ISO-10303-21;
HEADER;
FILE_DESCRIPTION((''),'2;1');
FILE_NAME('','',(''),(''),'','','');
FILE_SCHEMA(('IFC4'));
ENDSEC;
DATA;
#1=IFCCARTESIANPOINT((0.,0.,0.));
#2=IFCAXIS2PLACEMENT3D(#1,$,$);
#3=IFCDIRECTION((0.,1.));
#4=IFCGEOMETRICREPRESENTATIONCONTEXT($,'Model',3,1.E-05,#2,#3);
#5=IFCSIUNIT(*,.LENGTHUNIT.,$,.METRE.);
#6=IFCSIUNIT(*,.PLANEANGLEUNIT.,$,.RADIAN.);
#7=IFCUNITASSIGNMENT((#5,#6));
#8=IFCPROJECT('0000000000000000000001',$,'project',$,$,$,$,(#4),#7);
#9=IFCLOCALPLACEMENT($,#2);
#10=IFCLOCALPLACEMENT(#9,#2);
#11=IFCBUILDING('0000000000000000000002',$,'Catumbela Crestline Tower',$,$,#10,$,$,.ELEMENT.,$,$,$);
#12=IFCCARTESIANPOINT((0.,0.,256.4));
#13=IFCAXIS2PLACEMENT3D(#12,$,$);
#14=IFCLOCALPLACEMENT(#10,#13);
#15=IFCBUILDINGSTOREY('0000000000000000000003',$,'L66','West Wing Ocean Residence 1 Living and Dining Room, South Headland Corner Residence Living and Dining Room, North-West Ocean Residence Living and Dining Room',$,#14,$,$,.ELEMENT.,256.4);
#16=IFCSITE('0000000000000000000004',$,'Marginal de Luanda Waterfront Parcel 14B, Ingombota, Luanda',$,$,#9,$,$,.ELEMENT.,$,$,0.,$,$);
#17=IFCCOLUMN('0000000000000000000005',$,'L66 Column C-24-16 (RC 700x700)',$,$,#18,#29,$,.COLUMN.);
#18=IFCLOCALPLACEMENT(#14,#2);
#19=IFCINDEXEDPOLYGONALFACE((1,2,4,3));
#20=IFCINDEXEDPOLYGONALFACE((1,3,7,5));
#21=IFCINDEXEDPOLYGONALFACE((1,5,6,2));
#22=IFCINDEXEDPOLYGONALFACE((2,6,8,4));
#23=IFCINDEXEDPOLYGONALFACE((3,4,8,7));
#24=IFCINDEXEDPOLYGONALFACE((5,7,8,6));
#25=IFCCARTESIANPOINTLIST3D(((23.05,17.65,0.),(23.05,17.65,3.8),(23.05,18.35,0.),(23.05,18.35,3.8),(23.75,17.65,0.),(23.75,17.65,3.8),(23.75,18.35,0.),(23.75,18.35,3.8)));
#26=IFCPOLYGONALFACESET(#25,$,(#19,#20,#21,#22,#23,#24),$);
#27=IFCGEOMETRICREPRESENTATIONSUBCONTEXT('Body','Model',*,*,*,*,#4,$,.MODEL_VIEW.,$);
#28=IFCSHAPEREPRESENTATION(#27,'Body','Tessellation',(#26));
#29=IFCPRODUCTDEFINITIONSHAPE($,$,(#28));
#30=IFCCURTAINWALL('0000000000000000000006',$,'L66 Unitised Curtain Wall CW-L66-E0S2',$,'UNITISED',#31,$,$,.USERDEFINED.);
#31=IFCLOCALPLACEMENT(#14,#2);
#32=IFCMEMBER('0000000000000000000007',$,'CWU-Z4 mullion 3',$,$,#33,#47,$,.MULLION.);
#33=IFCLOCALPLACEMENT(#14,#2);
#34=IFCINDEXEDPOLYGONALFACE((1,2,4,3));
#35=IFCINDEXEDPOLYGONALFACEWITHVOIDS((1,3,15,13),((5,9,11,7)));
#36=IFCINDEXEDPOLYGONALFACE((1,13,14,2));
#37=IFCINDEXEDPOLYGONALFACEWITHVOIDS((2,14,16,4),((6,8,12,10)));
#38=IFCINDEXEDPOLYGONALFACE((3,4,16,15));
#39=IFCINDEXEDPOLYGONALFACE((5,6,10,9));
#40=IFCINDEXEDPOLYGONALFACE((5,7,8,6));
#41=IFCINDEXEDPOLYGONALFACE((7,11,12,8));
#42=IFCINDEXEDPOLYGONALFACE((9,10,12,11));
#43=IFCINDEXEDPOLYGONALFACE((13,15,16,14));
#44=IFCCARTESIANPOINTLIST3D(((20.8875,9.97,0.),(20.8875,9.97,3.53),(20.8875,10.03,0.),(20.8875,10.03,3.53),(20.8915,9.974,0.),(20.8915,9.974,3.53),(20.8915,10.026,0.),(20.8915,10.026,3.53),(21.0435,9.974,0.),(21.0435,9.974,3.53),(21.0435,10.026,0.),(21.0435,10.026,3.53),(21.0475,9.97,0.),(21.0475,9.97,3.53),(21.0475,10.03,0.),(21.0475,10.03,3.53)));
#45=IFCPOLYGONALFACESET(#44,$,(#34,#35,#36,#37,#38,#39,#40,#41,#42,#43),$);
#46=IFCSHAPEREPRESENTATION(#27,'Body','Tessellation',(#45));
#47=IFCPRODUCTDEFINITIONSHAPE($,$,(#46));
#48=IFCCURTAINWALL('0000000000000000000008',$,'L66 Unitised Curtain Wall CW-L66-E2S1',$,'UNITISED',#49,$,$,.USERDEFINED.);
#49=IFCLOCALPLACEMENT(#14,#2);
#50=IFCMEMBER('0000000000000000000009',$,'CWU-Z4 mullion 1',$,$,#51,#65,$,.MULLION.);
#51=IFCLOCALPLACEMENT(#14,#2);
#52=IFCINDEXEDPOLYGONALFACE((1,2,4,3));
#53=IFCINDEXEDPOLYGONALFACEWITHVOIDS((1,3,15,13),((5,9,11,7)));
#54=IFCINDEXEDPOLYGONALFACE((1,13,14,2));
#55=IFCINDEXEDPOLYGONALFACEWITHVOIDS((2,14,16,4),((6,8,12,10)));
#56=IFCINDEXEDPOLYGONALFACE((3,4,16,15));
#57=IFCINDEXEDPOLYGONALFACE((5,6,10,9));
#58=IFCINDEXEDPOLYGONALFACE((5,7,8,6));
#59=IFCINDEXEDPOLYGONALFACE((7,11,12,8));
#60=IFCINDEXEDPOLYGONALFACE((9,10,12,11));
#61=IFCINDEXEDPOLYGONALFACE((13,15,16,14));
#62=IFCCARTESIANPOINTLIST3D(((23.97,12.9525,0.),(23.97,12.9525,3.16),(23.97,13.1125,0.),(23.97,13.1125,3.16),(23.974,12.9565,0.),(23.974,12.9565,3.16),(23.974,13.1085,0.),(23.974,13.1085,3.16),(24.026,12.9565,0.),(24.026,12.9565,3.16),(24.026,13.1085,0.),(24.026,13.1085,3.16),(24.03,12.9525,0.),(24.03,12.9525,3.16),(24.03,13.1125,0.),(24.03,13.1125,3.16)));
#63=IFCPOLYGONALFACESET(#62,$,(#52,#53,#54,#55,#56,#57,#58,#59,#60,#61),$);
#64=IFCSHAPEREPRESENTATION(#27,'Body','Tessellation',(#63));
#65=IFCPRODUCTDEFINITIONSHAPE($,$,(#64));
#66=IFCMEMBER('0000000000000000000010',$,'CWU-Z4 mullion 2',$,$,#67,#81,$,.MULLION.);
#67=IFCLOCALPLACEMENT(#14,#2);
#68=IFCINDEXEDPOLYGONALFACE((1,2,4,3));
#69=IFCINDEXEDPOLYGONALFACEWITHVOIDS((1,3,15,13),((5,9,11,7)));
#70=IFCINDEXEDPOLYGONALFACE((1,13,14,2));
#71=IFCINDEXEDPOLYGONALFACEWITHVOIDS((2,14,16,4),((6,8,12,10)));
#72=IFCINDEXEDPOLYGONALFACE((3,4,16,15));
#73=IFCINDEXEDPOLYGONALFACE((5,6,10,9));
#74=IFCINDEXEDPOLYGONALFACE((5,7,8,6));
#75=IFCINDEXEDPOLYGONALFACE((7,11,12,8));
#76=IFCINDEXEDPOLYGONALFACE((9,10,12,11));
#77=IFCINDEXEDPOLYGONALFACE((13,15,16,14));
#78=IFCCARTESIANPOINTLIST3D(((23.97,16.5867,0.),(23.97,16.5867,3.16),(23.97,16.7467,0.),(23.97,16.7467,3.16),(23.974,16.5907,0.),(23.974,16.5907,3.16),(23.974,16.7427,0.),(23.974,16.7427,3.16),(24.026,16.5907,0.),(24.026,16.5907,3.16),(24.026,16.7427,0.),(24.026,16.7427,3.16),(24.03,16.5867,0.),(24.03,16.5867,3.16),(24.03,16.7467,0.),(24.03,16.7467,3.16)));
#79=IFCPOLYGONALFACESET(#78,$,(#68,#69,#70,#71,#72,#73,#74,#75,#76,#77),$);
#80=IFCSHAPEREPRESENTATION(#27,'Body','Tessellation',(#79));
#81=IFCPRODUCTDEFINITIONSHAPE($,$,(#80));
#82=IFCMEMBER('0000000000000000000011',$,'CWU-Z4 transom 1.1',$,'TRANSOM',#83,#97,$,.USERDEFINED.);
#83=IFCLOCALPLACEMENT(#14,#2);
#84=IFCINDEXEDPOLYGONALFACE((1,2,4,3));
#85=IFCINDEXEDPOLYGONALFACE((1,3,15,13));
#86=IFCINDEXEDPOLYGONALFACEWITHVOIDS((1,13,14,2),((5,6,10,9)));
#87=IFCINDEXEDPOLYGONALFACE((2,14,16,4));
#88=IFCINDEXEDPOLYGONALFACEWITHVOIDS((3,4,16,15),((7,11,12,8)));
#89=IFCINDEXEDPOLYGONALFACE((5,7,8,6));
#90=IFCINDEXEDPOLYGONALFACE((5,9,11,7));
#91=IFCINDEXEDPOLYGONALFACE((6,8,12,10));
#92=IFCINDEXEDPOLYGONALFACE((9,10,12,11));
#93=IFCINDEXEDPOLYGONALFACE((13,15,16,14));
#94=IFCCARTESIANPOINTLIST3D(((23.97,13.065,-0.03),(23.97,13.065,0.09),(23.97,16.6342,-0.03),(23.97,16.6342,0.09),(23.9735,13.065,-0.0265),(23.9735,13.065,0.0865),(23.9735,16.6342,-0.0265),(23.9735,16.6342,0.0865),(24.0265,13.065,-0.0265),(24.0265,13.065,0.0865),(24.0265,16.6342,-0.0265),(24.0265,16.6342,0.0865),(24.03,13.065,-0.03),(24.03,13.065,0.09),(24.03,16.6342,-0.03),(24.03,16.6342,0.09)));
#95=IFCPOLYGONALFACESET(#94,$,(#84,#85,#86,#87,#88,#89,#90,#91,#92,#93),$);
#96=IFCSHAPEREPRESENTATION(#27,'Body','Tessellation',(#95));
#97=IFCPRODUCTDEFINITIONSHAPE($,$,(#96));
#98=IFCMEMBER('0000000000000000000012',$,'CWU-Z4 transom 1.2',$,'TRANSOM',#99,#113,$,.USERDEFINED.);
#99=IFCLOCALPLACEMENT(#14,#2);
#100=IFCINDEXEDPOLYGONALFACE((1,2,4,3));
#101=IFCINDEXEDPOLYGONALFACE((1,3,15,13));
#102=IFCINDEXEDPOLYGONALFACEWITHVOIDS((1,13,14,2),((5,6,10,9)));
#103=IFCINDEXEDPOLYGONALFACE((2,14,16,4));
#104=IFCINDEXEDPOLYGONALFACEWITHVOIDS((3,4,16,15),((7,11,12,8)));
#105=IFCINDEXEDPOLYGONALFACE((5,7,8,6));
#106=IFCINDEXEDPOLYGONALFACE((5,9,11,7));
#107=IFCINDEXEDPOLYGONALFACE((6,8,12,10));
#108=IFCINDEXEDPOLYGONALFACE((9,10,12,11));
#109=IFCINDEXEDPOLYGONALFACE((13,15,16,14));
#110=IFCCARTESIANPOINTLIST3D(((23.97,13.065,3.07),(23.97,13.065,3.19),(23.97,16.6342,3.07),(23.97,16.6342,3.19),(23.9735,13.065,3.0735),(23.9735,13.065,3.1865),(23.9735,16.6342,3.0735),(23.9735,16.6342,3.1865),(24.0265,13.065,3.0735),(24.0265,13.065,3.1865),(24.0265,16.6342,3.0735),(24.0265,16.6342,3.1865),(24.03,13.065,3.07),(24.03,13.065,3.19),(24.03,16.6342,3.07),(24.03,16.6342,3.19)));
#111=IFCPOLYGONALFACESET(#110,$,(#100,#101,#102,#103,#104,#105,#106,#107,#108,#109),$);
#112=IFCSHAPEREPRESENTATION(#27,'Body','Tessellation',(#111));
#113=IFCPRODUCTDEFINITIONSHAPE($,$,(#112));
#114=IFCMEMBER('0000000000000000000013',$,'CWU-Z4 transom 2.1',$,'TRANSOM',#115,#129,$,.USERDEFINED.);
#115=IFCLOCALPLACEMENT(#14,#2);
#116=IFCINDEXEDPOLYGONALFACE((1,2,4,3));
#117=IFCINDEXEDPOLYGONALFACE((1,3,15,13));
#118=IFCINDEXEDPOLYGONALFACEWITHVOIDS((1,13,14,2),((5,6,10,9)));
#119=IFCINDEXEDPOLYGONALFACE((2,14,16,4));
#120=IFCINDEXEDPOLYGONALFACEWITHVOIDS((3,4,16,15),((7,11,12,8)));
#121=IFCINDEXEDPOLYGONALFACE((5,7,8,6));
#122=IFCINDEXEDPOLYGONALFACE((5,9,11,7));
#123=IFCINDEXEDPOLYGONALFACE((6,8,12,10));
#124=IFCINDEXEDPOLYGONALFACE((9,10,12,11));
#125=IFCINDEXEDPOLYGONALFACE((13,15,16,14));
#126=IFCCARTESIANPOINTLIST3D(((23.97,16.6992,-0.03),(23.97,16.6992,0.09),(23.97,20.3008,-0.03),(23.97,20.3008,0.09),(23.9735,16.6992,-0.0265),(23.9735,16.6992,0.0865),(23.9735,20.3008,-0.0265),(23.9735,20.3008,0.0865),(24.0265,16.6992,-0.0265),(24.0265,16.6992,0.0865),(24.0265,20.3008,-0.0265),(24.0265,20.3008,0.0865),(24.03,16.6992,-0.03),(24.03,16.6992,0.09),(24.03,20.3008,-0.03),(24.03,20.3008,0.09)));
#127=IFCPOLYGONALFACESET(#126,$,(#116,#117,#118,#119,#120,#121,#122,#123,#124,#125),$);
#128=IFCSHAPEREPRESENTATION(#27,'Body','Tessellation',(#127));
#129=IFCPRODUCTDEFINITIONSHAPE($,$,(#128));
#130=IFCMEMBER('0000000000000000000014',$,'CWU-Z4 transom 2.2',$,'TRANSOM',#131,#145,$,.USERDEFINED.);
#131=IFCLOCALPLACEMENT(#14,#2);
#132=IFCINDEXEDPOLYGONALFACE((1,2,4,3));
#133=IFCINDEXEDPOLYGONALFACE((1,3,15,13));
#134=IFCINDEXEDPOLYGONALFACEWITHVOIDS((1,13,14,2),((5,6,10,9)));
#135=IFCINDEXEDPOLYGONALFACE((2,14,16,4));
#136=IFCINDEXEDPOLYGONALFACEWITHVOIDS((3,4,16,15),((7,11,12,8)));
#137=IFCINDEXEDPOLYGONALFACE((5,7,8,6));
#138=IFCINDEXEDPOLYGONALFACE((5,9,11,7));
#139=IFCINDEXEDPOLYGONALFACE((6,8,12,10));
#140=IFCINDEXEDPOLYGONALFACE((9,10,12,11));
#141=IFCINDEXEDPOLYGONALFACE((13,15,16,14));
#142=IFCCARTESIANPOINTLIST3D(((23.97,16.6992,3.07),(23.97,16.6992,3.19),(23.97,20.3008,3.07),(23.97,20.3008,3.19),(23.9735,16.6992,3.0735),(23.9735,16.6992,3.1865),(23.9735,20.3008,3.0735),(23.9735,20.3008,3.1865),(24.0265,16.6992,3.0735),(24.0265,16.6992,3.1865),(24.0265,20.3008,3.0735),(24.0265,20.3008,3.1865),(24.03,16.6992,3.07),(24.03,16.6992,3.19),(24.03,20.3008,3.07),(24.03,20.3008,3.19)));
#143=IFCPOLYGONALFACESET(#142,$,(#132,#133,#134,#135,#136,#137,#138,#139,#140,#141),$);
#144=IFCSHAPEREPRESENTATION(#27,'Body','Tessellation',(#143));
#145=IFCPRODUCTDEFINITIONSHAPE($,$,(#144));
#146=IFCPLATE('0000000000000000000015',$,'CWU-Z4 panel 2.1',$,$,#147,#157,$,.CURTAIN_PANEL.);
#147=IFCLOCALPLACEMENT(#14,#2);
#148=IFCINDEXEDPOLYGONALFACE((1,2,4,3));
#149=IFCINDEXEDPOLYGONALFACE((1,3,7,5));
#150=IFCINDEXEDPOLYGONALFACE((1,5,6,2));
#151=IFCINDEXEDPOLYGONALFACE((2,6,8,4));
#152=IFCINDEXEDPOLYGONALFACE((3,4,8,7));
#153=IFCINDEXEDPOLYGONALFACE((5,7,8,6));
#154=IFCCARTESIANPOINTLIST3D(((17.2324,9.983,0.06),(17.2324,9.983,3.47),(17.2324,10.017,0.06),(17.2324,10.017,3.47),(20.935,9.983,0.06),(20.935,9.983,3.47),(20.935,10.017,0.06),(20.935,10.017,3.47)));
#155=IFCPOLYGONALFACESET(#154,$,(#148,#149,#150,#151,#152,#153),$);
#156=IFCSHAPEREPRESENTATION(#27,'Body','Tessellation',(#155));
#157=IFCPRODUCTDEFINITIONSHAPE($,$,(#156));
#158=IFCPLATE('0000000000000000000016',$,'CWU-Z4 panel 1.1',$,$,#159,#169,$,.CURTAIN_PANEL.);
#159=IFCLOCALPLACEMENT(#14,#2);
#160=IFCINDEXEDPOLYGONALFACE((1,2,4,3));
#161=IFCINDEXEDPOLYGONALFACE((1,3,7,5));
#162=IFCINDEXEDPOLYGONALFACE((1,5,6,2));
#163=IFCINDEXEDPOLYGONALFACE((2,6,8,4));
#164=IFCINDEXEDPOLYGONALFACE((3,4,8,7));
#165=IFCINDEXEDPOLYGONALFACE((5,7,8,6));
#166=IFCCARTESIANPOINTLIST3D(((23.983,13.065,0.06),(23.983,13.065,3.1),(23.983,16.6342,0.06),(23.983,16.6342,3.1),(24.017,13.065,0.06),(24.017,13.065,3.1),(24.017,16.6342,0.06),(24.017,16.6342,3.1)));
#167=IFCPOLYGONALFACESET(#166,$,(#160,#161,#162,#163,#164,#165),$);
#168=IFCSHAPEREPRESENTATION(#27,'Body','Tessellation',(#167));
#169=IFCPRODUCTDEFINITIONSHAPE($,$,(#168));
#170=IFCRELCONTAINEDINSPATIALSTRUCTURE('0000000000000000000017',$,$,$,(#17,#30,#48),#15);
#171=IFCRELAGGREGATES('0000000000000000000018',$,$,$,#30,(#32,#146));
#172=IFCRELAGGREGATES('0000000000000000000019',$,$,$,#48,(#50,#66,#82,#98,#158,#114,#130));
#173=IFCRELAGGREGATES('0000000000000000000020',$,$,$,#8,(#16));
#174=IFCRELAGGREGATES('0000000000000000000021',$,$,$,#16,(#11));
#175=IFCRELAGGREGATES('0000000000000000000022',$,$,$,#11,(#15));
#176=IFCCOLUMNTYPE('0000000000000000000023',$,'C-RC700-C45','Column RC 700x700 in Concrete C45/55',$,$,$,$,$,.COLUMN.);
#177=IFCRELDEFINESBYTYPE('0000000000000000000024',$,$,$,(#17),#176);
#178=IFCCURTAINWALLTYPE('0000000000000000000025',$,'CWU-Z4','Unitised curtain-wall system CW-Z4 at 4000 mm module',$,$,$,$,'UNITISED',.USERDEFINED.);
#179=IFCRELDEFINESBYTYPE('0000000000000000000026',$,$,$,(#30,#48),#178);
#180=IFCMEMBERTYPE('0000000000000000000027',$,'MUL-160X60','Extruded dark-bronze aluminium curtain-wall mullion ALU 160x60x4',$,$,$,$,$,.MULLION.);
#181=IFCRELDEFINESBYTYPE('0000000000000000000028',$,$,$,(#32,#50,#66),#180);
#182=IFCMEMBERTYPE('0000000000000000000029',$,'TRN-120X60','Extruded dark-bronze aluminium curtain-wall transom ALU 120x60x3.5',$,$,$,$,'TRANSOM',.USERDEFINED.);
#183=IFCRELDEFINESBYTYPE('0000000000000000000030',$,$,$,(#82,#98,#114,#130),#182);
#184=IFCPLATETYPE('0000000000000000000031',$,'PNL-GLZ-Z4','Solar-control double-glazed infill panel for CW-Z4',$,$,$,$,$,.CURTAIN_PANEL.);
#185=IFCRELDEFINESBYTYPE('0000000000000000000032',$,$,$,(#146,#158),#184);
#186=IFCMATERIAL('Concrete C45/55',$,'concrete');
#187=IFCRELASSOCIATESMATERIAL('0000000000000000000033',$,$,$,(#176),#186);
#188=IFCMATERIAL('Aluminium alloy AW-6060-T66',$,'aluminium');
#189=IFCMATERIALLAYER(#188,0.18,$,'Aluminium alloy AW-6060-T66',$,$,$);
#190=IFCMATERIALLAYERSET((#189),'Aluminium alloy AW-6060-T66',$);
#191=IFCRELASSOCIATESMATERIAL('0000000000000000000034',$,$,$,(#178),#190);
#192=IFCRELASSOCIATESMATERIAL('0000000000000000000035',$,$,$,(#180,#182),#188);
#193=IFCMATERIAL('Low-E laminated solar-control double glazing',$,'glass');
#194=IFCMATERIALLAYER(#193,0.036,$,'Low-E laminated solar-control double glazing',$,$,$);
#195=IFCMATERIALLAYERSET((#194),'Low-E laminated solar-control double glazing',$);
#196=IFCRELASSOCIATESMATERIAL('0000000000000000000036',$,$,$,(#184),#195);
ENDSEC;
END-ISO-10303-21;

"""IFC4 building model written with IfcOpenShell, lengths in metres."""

from ifc_helpers import new_model, si_unit, direction, frame, origin, origin_2d, place, context, subcontext, project, spatial, rectangle, hollow_rectangle, extrude, material, layer, layer_set, material_profile, profile_set, type_object, element, aggregate, save


model = new_model("IFC4")

# Units and contexts
model_context = context("Model", 3, precision=1e-05, world=origin(), true_north=direction((0.0, 1.0)))
body_context = subcontext(model_context, "Body", "Model", "MODEL_VIEW")
ifc_project = project(units=[si_unit("LENGTHUNIT", "METRE"), si_unit("PLANEANGLEUNIT", "RADIAN")], contexts=[model_context])

# Site, building, storey
site_placement = place(None, origin())
site = spatial("IfcSite", under=ifc_project, at=site_placement, Name="Marginal de Luanda Waterfront Parcel 14B, Ingombota, Luanda", CompositionType="ELEMENT", RefElevation=0.0)
building_placement = place(site_placement, origin())
building = spatial("IfcBuilding", under=site, at=building_placement, Name="Catumbela Crestline Tower", CompositionType="ELEMENT")
storey_placement = place(building_placement, frame((0.0, 0.0, 256.4)))
storey = spatial("IfcBuildingStorey", under=building, at=storey_placement, Name="L66", Description="West Wing Ocean Residence 1 Living and Dining Room, South Headland Corner Residence Living and Dining Room, North-West Ocean Residence Living and Dining Room", CompositionType="ELEMENT", Elevation=256.4)

# Column
ifc_material_1 = material(Name="Concrete C45/55", Category="concrete")
ifc_material_profile_1 = material_profile(ifc_material_1, rectangle(XDim=0.7, YDim=0.7, at=origin_2d()), Name="RC 700x700")
ifc_profile_set_1 = profile_set([ifc_material_profile_1], Name="Concrete C45/55")
column_type = type_object("IfcColumnType", Name="C-RC700-C45", Description="Column RC 700x700 in Concrete C45/55", PredefinedType="COLUMN", material=ifc_profile_set_1)
column_placement = place(storey_placement, frame((23.4, 18.0, 0.0), z_axis=(0.0, 0.0, 1.0), x_axis=(1.0, 0.0, 0.0)))
element("IfcColumn", 1, at=column_placement, inside=storey, type_object=column_type, Name="L66 Column C-24-16 (RC 700x700)", PredefinedType="COLUMN", context=body_context, shape_type="SweptSolid", body=[
    extrude(rectangle(XDim=0.7, YDim=0.7, at=origin_2d()), origin(), (0.0, 0.0, 1.0), 3.8),
])

# Curtain wall, member
ifc_material_2 = material(Name="Aluminium alloy AW-6060-T66", Category="aluminium")
ifc_layer_1 = layer(ifc_material_2, 0.18, Name="Aluminium alloy AW-6060-T66")
ifc_layer_set_1 = layer_set([ifc_layer_1], Name="Aluminium alloy AW-6060-T66")
curtain_wall_type = type_object("IfcCurtainWallType", Name="CWU-Z4", Description="Unitised curtain-wall system CW-Z4 at 4000 mm module", ElementType="UNITISED", PredefinedType="USERDEFINED", material=ifc_layer_set_1)
curtain_wall_1_placement = place(storey_placement, origin())
curtain_wall_1 = element("IfcCurtainWall", 2, at=curtain_wall_1_placement, inside=storey, type_object=curtain_wall_type, Name="L66 Unitised Curtain Wall CW-L66-E0S2", ObjectType="UNITISED", PredefinedType="USERDEFINED")
ifc_material_profile_2 = material_profile(ifc_material_2, hollow_rectangle(XDim=0.06, YDim=0.16, WallThickness=0.004, at=origin_2d()), Name="ALU 160x60x4")
ifc_profile_set_2 = profile_set([ifc_material_profile_2], Name="Aluminium alloy AW-6060-T66")
member_type_1 = type_object("IfcMemberType", Name="MUL-160X60", Description="Extruded dark-bronze aluminium curtain-wall mullion ALU 160x60x4", PredefinedType="MULLION", material=ifc_profile_set_2)
member_1_placement = place(storey_placement, frame((20.9675, 10.0, 0.0), z_axis=(0.0, 0.0, 1.0), x_axis=(0.0, 1.0, 0.0)))
member_1 = element("IfcMember", 3, at=member_1_placement, type_object=member_type_1, Name="CWU-Z4 mullion 3", PredefinedType="MULLION", context=body_context, shape_type="SweptSolid", body=[
    extrude(hollow_rectangle(XDim=0.06, YDim=0.16, WallThickness=0.004, at=origin_2d()), origin(), (0.0, 0.0, 1.0), 3.53),
])

# Curtain wall, members
curtain_wall_2_placement = place(storey_placement, origin())
curtain_wall_2 = element("IfcCurtainWall", 4, at=curtain_wall_2_placement, inside=storey, type_object=curtain_wall_type, Name="L66 Unitised Curtain Wall CW-L66-E2S1", ObjectType="UNITISED", PredefinedType="USERDEFINED")
member_2_placement = place(storey_placement, frame((24.0, 13.0325, 0.0), z_axis=(0.0, 0.0, 1.0), x_axis=(-1.0, 0.0, 0.0)))
member_2 = element("IfcMember", 5, at=member_2_placement, type_object=member_type_1, Name="CWU-Z4 mullion 1", PredefinedType="MULLION", context=body_context, shape_type="SweptSolid", body=[
    extrude(hollow_rectangle(XDim=0.06, YDim=0.16, WallThickness=0.004, at=origin_2d()), origin(), (0.0, 0.0, 1.0), 3.16),
])
member_3_placement = place(storey_placement, frame((24.0, 16.6667, 0.0), z_axis=(0.0, 0.0, 1.0), x_axis=(-1.0, 0.0, 0.0)))
member_3 = element("IfcMember", 6, at=member_3_placement, type_object=member_type_1, Name="CWU-Z4 mullion 2", PredefinedType="MULLION", context=body_context, shape_type="SweptSolid", body=[
    extrude(hollow_rectangle(XDim=0.06, YDim=0.16, WallThickness=0.004, at=origin_2d()), origin(), (0.0, 0.0, 1.0), 3.16),
])
ifc_material_profile_3 = material_profile(ifc_material_2, hollow_rectangle(XDim=0.06, YDim=0.12, WallThickness=0.0035, at=origin_2d()), Name="ALU 120x60x3.5")
ifc_profile_set_3 = profile_set([ifc_material_profile_3], Name="Aluminium alloy AW-6060-T66")
member_type_2 = type_object("IfcMemberType", Name="TRN-120X60", Description="Extruded dark-bronze aluminium curtain-wall transom ALU 120x60x3.5", ElementType="TRANSOM", PredefinedType="USERDEFINED", material=ifc_profile_set_3)
member_4_placement = place(storey_placement, frame((24.0, 13.065, 0.03), z_axis=(0.0, 1.0, 0.0), x_axis=(-1.0, 0.0, 0.0)))
member_4 = element("IfcMember", 7, at=member_4_placement, type_object=member_type_2, Name="CWU-Z4 transom 1.1", ObjectType="TRANSOM", PredefinedType="USERDEFINED", context=body_context, shape_type="SweptSolid", body=[
    extrude(hollow_rectangle(XDim=0.06, YDim=0.12, WallThickness=0.0035, at=origin_2d()), origin(), (0.0, 0.0, 1.0), 3.5692),
])
member_5_placement = place(storey_placement, frame((24.0, 13.065, 3.13), z_axis=(0.0, 1.0, 0.0), x_axis=(-1.0, 0.0, 0.0)))
member_5 = element("IfcMember", 8, at=member_5_placement, type_object=member_type_2, Name="CWU-Z4 transom 1.2", ObjectType="TRANSOM", PredefinedType="USERDEFINED", context=body_context, shape_type="SweptSolid", body=[
    extrude(hollow_rectangle(XDim=0.06, YDim=0.12, WallThickness=0.0035, at=origin_2d()), origin(), (0.0, 0.0, 1.0), 3.5692),
])
member_6_placement = place(storey_placement, frame((24.0, 16.6992, 0.03), z_axis=(0.0, 1.0, 0.0), x_axis=(-1.0, 0.0, 0.0)))
member_6 = element("IfcMember", 9, at=member_6_placement, type_object=member_type_2, Name="CWU-Z4 transom 2.1", ObjectType="TRANSOM", PredefinedType="USERDEFINED", context=body_context, shape_type="SweptSolid", body=[
    extrude(hollow_rectangle(XDim=0.06, YDim=0.12, WallThickness=0.0035, at=origin_2d()), origin(), (0.0, 0.0, 1.0), 3.6016),
])
member_7_placement = place(storey_placement, frame((24.0, 16.6992, 3.13), z_axis=(0.0, 1.0, 0.0), x_axis=(-1.0, 0.0, 0.0)))
member_7 = element("IfcMember", 10, at=member_7_placement, type_object=member_type_2, Name="CWU-Z4 transom 2.2", ObjectType="TRANSOM", PredefinedType="USERDEFINED", context=body_context, shape_type="SweptSolid", body=[
    extrude(hollow_rectangle(XDim=0.06, YDim=0.12, WallThickness=0.0035, at=origin_2d()), origin(), (0.0, 0.0, 1.0), 3.6016),
])

# Plates
ifc_material_3 = material(Name="Low-E laminated solar-control double glazing", Category="glass")
ifc_layer_2 = layer(ifc_material_3, 0.036, Name="Low-E laminated solar-control double glazing")
ifc_layer_set_2 = layer_set([ifc_layer_2], Name="Low-E laminated solar-control double glazing")
plate_type = type_object("IfcPlateType", Name="PNL-GLZ-Z4", Description="Solar-control double-glazed infill panel for CW-Z4", PredefinedType="CURTAIN_PANEL", material=ifc_layer_set_2)
plate_1_placement = place(storey_placement, frame((19.0837, 10.0, 0.06), z_axis=(0.0, 0.0, 1.0), x_axis=(1.0, 0.0, 0.0)))
plate_1 = element("IfcPlate", 11, at=plate_1_placement, type_object=plate_type, Name="CWU-Z4 panel 2.1", PredefinedType="CURTAIN_PANEL", context=body_context, shape_type="SweptSolid", body=[
    extrude(rectangle(XDim=3.7025, YDim=0.034, at=origin_2d()), origin(), (0.0, 0.0, 1.0), 3.41),
])
aggregate(curtain_wall_1, [member_1, plate_1])
plate_2_placement = place(storey_placement, frame((24.0, 14.8496, 0.06), z_axis=(0.0, 0.0, 1.0), x_axis=(0.0, 1.0, 0.0)))
plate_2 = element("IfcPlate", 12, at=plate_2_placement, type_object=plate_type, Name="CWU-Z4 panel 1.1", PredefinedType="CURTAIN_PANEL", context=body_context, shape_type="SweptSolid", body=[
    extrude(rectangle(XDim=3.5692, YDim=0.034, at=origin_2d()), origin(), (0.0, 0.0, 1.0), 3.04),
])
aggregate(curtain_wall_2, [member_2, member_3, member_4, member_5, plate_2, member_6, member_7])

save(model, "model.ifc")
